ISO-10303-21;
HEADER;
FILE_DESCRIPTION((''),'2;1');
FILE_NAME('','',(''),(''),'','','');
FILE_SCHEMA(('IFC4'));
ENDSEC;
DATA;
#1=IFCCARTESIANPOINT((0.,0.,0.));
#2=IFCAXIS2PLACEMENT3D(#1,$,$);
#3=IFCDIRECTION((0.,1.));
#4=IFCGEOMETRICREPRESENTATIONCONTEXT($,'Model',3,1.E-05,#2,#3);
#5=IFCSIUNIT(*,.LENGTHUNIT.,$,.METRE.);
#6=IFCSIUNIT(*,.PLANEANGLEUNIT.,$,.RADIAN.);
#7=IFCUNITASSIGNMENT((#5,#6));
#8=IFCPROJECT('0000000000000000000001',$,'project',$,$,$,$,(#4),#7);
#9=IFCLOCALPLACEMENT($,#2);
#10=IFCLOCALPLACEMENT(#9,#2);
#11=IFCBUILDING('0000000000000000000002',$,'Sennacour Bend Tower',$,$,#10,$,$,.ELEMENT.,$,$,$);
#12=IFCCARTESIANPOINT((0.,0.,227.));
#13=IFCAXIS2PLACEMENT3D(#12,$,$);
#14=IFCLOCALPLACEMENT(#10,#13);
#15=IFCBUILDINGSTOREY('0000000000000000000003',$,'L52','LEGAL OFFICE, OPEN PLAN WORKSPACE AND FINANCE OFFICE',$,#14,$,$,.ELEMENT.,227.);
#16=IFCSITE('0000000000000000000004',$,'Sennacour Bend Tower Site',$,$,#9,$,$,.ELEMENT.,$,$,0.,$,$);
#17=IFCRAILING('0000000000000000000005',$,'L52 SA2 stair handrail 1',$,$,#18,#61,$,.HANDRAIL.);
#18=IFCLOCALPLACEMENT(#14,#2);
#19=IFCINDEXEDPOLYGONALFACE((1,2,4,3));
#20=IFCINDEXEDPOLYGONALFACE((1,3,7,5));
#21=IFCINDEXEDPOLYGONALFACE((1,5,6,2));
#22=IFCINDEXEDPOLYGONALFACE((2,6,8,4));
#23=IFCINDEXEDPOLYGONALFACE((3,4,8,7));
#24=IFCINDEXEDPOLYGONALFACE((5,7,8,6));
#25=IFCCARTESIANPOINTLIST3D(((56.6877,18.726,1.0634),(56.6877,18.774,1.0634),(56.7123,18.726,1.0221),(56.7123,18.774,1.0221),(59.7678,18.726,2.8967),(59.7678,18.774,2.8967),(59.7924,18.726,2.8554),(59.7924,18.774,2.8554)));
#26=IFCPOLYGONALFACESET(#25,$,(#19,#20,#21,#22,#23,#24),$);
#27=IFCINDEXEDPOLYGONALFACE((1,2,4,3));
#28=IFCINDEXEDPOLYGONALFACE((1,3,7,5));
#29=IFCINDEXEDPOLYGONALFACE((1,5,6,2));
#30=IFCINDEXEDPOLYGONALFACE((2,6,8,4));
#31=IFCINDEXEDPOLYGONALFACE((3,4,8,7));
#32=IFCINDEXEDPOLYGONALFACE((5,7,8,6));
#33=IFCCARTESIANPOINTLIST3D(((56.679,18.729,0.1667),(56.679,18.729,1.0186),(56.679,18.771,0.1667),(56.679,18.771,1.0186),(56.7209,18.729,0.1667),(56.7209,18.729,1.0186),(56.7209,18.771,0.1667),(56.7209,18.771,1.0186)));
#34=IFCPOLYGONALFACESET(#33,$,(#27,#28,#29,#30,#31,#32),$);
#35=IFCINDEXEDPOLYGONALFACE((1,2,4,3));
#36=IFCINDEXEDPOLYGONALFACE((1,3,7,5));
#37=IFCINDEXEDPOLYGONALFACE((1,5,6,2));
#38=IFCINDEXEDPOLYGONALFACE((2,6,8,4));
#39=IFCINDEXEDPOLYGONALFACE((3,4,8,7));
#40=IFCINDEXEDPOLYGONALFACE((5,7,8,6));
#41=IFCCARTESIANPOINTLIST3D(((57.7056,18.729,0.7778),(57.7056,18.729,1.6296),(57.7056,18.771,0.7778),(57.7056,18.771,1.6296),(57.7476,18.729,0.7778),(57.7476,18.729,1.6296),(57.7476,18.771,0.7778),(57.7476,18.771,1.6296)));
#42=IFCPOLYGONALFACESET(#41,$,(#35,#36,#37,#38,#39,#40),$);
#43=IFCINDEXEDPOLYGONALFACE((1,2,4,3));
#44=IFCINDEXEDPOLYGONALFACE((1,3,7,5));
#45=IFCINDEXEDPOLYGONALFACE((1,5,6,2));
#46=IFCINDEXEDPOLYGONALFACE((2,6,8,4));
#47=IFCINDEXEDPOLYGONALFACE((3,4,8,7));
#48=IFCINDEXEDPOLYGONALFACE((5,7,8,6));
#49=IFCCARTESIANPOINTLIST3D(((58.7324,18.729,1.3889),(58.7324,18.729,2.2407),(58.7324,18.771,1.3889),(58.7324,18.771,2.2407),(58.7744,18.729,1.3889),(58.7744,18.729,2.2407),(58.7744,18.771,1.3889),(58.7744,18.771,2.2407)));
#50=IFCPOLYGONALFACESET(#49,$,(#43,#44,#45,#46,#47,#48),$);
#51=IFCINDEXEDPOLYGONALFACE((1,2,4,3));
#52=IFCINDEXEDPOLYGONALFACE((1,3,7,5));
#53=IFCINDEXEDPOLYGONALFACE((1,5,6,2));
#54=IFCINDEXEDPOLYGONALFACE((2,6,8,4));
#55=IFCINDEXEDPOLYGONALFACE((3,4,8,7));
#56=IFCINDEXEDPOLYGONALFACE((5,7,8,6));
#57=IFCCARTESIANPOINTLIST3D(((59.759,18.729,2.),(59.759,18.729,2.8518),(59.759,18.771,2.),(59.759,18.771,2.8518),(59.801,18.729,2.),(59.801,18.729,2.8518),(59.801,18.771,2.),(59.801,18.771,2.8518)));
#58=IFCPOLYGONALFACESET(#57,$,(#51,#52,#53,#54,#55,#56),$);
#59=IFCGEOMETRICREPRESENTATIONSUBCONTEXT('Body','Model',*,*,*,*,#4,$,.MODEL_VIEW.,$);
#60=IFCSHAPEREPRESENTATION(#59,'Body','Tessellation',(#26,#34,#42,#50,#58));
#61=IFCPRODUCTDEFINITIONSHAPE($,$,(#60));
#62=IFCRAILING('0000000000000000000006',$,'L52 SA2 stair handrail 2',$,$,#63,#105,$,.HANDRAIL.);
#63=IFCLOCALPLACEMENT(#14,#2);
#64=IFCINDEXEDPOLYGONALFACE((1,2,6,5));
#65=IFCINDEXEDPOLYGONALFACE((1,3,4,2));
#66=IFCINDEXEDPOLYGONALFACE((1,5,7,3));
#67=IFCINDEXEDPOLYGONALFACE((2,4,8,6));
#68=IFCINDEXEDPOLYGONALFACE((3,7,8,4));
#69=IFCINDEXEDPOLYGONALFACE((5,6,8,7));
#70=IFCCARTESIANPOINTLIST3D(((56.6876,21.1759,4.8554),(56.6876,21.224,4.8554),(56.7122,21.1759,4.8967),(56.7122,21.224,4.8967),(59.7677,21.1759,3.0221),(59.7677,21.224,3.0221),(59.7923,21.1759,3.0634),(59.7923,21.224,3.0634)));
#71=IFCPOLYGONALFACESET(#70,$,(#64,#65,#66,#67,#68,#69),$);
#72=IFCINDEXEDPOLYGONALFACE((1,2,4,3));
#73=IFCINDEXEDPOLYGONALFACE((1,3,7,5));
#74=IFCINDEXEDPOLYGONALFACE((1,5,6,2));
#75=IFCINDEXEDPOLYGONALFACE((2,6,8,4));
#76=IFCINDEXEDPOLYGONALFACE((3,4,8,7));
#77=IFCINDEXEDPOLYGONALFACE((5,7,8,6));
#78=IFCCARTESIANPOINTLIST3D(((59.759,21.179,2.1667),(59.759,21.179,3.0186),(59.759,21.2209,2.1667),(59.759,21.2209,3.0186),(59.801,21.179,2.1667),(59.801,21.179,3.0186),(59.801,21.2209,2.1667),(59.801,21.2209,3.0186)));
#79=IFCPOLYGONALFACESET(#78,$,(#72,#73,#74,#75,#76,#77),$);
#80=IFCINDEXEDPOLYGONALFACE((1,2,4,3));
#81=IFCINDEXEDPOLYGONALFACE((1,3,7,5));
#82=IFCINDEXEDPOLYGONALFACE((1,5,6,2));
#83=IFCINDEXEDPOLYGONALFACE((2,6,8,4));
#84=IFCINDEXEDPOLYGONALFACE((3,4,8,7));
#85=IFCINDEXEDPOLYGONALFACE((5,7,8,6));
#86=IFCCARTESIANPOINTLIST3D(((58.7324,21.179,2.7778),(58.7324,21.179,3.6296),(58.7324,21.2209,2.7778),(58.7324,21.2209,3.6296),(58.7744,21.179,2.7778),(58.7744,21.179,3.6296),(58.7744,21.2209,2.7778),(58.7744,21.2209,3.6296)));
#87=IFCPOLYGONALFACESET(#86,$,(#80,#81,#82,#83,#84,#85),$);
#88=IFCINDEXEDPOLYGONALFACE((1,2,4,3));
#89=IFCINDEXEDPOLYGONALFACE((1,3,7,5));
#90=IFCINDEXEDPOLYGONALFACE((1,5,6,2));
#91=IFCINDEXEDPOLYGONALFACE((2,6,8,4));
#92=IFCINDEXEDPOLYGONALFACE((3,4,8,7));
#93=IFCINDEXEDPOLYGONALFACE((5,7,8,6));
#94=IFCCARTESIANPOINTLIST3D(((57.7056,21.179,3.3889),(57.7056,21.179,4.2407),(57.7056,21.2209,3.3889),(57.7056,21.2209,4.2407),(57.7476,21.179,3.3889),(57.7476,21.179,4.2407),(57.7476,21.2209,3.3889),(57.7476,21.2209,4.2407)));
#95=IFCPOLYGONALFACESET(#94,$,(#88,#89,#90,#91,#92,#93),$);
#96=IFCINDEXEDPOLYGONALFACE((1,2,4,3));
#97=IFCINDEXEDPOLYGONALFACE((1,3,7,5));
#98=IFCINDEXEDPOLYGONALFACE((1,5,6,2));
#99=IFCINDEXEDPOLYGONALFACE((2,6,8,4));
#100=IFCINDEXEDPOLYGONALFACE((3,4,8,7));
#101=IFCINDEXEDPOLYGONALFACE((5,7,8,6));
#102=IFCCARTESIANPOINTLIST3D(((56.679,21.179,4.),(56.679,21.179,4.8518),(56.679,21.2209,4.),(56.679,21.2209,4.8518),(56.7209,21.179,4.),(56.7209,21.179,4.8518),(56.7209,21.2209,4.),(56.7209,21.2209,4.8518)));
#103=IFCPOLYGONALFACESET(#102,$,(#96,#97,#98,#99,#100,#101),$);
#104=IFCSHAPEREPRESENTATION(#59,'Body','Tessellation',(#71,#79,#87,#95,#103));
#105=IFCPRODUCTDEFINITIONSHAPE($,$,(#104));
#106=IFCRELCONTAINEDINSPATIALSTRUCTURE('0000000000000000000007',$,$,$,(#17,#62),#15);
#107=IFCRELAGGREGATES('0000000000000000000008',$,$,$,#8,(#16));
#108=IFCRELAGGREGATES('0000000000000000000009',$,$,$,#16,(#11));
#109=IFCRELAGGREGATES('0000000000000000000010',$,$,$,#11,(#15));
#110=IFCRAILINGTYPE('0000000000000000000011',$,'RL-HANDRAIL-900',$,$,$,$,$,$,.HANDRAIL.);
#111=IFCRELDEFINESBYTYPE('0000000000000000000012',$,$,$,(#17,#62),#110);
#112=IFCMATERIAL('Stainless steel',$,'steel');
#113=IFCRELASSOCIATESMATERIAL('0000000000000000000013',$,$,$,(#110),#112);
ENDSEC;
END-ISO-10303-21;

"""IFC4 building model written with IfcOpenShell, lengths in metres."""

from ifc_helpers import new_model, si_unit, direction, frame, origin, origin_2d, place, context, subcontext, project, spatial, rectangle, extrude, material, type_object, element, save


model = new_model("IFC4")

# Units and contexts
model_context = context("Model", 3, precision=1e-05, world=origin(), true_north=direction((0.0, 1.0)))
body_context = subcontext(model_context, "Body", "Model", "MODEL_VIEW")
ifc_project = project(units=[si_unit("LENGTHUNIT", "METRE"), si_unit("PLANEANGLEUNIT", "RADIAN")], contexts=[model_context])

# Site, building, storey
site_placement = place(None, origin())
site = spatial("IfcSite", under=ifc_project, at=site_placement, Name="Sennacour Bend Tower Site", CompositionType="ELEMENT", RefElevation=0.0)
building_placement = place(site_placement, origin())
building = spatial("IfcBuilding", under=site, at=building_placement, Name="Sennacour Bend Tower", CompositionType="ELEMENT")
storey_placement = place(building_placement, frame((0.0, 0.0, 227.0)))
storey = spatial("IfcBuildingStorey", under=building, at=storey_placement, Name="L52", Description="LEGAL OFFICE, OPEN PLAN WORKSPACE AND FINANCE OFFICE", CompositionType="ELEMENT", Elevation=227.0)

# Shared definitions
ifc_material_1 = material(Name="Stainless steel", Category="steel")

# Railings
railing_type_1 = type_object("IfcRailingType", Name="RL-HANDRAIL-900", PredefinedType="HANDRAIL", material=ifc_material_1)
railing_1_placement = place(storey_placement, frame((56.7, 18.75, 0.1667)))
element("IfcRailing", 1, at=railing_1_placement, inside=storey, type_object=railing_type_1, Name="L52 SA2 stair handrail 1", PredefinedType="HANDRAIL", context=body_context, shape_type="SweptSolid", body=[
    extrude(rectangle(XDim=0.0481, YDim=0.0481, at=origin_2d()), frame((0.0, 0.0, 0.876), z_axis=(0.859309, 0.0, 0.511458), x_axis=(0.0, 1.0, 0.0)), (0.0, 0.0, 1.0), 3.5845),
    extrude(rectangle(XDim=0.042, YDim=0.042, at=origin_2d()), origin(), (0.0, 0.0, 1.0), 0.8518),
    extrude(rectangle(XDim=0.042, YDim=0.042, at=origin_2d()), frame((1.0266, 0.0, 0.6111)), (0.0, 0.0, 1.0), 0.8518),
    extrude(rectangle(XDim=0.042, YDim=0.042, at=origin_2d()), frame((2.0535, 0.0, 1.2222)), (0.0, 0.0, 1.0), 0.8518),
    extrude(rectangle(XDim=0.042, YDim=0.042, at=origin_2d()), frame((3.0801, 0.0, 1.8333)), (0.0, 0.0, 1.0), 0.8518),
])
railing_2_placement = place(storey_placement, frame((59.78, 21.2, 2.1667)))
element("IfcRailing", 2, at=railing_2_placement, inside=storey, type_object=railing_type_1, Name="L52 SA2 stair handrail 2", PredefinedType="HANDRAIL", context=body_context, shape_type="SweptSolid", body=[
    extrude(rectangle(XDim=0.0481, YDim=0.0481, at=origin_2d()), frame((0.0, 0.0, 0.876), z_axis=(-0.859309, 0.0, 0.511458), x_axis=(0.0, -1.0, 0.0)), (0.0, 0.0, 1.0), 3.5845),
    extrude(rectangle(XDim=0.042, YDim=0.042, at=origin_2d()), origin(), (0.0, 0.0, 1.0), 0.8518),
    extrude(rectangle(XDim=0.042, YDim=0.042, at=origin_2d()), frame((-1.0266, 0.0, 0.6111)), (0.0, 0.0, 1.0), 0.8518),
    extrude(rectangle(XDim=0.042, YDim=0.042, at=origin_2d()), frame((-2.0535, 0.0, 1.2222)), (0.0, 0.0, 1.0), 0.8518),
    extrude(rectangle(XDim=0.042, YDim=0.042, at=origin_2d()), frame((-3.0801, 0.0, 1.8333)), (0.0, 0.0, 1.0), 0.8518),
])

save(model, "model.ifc")
